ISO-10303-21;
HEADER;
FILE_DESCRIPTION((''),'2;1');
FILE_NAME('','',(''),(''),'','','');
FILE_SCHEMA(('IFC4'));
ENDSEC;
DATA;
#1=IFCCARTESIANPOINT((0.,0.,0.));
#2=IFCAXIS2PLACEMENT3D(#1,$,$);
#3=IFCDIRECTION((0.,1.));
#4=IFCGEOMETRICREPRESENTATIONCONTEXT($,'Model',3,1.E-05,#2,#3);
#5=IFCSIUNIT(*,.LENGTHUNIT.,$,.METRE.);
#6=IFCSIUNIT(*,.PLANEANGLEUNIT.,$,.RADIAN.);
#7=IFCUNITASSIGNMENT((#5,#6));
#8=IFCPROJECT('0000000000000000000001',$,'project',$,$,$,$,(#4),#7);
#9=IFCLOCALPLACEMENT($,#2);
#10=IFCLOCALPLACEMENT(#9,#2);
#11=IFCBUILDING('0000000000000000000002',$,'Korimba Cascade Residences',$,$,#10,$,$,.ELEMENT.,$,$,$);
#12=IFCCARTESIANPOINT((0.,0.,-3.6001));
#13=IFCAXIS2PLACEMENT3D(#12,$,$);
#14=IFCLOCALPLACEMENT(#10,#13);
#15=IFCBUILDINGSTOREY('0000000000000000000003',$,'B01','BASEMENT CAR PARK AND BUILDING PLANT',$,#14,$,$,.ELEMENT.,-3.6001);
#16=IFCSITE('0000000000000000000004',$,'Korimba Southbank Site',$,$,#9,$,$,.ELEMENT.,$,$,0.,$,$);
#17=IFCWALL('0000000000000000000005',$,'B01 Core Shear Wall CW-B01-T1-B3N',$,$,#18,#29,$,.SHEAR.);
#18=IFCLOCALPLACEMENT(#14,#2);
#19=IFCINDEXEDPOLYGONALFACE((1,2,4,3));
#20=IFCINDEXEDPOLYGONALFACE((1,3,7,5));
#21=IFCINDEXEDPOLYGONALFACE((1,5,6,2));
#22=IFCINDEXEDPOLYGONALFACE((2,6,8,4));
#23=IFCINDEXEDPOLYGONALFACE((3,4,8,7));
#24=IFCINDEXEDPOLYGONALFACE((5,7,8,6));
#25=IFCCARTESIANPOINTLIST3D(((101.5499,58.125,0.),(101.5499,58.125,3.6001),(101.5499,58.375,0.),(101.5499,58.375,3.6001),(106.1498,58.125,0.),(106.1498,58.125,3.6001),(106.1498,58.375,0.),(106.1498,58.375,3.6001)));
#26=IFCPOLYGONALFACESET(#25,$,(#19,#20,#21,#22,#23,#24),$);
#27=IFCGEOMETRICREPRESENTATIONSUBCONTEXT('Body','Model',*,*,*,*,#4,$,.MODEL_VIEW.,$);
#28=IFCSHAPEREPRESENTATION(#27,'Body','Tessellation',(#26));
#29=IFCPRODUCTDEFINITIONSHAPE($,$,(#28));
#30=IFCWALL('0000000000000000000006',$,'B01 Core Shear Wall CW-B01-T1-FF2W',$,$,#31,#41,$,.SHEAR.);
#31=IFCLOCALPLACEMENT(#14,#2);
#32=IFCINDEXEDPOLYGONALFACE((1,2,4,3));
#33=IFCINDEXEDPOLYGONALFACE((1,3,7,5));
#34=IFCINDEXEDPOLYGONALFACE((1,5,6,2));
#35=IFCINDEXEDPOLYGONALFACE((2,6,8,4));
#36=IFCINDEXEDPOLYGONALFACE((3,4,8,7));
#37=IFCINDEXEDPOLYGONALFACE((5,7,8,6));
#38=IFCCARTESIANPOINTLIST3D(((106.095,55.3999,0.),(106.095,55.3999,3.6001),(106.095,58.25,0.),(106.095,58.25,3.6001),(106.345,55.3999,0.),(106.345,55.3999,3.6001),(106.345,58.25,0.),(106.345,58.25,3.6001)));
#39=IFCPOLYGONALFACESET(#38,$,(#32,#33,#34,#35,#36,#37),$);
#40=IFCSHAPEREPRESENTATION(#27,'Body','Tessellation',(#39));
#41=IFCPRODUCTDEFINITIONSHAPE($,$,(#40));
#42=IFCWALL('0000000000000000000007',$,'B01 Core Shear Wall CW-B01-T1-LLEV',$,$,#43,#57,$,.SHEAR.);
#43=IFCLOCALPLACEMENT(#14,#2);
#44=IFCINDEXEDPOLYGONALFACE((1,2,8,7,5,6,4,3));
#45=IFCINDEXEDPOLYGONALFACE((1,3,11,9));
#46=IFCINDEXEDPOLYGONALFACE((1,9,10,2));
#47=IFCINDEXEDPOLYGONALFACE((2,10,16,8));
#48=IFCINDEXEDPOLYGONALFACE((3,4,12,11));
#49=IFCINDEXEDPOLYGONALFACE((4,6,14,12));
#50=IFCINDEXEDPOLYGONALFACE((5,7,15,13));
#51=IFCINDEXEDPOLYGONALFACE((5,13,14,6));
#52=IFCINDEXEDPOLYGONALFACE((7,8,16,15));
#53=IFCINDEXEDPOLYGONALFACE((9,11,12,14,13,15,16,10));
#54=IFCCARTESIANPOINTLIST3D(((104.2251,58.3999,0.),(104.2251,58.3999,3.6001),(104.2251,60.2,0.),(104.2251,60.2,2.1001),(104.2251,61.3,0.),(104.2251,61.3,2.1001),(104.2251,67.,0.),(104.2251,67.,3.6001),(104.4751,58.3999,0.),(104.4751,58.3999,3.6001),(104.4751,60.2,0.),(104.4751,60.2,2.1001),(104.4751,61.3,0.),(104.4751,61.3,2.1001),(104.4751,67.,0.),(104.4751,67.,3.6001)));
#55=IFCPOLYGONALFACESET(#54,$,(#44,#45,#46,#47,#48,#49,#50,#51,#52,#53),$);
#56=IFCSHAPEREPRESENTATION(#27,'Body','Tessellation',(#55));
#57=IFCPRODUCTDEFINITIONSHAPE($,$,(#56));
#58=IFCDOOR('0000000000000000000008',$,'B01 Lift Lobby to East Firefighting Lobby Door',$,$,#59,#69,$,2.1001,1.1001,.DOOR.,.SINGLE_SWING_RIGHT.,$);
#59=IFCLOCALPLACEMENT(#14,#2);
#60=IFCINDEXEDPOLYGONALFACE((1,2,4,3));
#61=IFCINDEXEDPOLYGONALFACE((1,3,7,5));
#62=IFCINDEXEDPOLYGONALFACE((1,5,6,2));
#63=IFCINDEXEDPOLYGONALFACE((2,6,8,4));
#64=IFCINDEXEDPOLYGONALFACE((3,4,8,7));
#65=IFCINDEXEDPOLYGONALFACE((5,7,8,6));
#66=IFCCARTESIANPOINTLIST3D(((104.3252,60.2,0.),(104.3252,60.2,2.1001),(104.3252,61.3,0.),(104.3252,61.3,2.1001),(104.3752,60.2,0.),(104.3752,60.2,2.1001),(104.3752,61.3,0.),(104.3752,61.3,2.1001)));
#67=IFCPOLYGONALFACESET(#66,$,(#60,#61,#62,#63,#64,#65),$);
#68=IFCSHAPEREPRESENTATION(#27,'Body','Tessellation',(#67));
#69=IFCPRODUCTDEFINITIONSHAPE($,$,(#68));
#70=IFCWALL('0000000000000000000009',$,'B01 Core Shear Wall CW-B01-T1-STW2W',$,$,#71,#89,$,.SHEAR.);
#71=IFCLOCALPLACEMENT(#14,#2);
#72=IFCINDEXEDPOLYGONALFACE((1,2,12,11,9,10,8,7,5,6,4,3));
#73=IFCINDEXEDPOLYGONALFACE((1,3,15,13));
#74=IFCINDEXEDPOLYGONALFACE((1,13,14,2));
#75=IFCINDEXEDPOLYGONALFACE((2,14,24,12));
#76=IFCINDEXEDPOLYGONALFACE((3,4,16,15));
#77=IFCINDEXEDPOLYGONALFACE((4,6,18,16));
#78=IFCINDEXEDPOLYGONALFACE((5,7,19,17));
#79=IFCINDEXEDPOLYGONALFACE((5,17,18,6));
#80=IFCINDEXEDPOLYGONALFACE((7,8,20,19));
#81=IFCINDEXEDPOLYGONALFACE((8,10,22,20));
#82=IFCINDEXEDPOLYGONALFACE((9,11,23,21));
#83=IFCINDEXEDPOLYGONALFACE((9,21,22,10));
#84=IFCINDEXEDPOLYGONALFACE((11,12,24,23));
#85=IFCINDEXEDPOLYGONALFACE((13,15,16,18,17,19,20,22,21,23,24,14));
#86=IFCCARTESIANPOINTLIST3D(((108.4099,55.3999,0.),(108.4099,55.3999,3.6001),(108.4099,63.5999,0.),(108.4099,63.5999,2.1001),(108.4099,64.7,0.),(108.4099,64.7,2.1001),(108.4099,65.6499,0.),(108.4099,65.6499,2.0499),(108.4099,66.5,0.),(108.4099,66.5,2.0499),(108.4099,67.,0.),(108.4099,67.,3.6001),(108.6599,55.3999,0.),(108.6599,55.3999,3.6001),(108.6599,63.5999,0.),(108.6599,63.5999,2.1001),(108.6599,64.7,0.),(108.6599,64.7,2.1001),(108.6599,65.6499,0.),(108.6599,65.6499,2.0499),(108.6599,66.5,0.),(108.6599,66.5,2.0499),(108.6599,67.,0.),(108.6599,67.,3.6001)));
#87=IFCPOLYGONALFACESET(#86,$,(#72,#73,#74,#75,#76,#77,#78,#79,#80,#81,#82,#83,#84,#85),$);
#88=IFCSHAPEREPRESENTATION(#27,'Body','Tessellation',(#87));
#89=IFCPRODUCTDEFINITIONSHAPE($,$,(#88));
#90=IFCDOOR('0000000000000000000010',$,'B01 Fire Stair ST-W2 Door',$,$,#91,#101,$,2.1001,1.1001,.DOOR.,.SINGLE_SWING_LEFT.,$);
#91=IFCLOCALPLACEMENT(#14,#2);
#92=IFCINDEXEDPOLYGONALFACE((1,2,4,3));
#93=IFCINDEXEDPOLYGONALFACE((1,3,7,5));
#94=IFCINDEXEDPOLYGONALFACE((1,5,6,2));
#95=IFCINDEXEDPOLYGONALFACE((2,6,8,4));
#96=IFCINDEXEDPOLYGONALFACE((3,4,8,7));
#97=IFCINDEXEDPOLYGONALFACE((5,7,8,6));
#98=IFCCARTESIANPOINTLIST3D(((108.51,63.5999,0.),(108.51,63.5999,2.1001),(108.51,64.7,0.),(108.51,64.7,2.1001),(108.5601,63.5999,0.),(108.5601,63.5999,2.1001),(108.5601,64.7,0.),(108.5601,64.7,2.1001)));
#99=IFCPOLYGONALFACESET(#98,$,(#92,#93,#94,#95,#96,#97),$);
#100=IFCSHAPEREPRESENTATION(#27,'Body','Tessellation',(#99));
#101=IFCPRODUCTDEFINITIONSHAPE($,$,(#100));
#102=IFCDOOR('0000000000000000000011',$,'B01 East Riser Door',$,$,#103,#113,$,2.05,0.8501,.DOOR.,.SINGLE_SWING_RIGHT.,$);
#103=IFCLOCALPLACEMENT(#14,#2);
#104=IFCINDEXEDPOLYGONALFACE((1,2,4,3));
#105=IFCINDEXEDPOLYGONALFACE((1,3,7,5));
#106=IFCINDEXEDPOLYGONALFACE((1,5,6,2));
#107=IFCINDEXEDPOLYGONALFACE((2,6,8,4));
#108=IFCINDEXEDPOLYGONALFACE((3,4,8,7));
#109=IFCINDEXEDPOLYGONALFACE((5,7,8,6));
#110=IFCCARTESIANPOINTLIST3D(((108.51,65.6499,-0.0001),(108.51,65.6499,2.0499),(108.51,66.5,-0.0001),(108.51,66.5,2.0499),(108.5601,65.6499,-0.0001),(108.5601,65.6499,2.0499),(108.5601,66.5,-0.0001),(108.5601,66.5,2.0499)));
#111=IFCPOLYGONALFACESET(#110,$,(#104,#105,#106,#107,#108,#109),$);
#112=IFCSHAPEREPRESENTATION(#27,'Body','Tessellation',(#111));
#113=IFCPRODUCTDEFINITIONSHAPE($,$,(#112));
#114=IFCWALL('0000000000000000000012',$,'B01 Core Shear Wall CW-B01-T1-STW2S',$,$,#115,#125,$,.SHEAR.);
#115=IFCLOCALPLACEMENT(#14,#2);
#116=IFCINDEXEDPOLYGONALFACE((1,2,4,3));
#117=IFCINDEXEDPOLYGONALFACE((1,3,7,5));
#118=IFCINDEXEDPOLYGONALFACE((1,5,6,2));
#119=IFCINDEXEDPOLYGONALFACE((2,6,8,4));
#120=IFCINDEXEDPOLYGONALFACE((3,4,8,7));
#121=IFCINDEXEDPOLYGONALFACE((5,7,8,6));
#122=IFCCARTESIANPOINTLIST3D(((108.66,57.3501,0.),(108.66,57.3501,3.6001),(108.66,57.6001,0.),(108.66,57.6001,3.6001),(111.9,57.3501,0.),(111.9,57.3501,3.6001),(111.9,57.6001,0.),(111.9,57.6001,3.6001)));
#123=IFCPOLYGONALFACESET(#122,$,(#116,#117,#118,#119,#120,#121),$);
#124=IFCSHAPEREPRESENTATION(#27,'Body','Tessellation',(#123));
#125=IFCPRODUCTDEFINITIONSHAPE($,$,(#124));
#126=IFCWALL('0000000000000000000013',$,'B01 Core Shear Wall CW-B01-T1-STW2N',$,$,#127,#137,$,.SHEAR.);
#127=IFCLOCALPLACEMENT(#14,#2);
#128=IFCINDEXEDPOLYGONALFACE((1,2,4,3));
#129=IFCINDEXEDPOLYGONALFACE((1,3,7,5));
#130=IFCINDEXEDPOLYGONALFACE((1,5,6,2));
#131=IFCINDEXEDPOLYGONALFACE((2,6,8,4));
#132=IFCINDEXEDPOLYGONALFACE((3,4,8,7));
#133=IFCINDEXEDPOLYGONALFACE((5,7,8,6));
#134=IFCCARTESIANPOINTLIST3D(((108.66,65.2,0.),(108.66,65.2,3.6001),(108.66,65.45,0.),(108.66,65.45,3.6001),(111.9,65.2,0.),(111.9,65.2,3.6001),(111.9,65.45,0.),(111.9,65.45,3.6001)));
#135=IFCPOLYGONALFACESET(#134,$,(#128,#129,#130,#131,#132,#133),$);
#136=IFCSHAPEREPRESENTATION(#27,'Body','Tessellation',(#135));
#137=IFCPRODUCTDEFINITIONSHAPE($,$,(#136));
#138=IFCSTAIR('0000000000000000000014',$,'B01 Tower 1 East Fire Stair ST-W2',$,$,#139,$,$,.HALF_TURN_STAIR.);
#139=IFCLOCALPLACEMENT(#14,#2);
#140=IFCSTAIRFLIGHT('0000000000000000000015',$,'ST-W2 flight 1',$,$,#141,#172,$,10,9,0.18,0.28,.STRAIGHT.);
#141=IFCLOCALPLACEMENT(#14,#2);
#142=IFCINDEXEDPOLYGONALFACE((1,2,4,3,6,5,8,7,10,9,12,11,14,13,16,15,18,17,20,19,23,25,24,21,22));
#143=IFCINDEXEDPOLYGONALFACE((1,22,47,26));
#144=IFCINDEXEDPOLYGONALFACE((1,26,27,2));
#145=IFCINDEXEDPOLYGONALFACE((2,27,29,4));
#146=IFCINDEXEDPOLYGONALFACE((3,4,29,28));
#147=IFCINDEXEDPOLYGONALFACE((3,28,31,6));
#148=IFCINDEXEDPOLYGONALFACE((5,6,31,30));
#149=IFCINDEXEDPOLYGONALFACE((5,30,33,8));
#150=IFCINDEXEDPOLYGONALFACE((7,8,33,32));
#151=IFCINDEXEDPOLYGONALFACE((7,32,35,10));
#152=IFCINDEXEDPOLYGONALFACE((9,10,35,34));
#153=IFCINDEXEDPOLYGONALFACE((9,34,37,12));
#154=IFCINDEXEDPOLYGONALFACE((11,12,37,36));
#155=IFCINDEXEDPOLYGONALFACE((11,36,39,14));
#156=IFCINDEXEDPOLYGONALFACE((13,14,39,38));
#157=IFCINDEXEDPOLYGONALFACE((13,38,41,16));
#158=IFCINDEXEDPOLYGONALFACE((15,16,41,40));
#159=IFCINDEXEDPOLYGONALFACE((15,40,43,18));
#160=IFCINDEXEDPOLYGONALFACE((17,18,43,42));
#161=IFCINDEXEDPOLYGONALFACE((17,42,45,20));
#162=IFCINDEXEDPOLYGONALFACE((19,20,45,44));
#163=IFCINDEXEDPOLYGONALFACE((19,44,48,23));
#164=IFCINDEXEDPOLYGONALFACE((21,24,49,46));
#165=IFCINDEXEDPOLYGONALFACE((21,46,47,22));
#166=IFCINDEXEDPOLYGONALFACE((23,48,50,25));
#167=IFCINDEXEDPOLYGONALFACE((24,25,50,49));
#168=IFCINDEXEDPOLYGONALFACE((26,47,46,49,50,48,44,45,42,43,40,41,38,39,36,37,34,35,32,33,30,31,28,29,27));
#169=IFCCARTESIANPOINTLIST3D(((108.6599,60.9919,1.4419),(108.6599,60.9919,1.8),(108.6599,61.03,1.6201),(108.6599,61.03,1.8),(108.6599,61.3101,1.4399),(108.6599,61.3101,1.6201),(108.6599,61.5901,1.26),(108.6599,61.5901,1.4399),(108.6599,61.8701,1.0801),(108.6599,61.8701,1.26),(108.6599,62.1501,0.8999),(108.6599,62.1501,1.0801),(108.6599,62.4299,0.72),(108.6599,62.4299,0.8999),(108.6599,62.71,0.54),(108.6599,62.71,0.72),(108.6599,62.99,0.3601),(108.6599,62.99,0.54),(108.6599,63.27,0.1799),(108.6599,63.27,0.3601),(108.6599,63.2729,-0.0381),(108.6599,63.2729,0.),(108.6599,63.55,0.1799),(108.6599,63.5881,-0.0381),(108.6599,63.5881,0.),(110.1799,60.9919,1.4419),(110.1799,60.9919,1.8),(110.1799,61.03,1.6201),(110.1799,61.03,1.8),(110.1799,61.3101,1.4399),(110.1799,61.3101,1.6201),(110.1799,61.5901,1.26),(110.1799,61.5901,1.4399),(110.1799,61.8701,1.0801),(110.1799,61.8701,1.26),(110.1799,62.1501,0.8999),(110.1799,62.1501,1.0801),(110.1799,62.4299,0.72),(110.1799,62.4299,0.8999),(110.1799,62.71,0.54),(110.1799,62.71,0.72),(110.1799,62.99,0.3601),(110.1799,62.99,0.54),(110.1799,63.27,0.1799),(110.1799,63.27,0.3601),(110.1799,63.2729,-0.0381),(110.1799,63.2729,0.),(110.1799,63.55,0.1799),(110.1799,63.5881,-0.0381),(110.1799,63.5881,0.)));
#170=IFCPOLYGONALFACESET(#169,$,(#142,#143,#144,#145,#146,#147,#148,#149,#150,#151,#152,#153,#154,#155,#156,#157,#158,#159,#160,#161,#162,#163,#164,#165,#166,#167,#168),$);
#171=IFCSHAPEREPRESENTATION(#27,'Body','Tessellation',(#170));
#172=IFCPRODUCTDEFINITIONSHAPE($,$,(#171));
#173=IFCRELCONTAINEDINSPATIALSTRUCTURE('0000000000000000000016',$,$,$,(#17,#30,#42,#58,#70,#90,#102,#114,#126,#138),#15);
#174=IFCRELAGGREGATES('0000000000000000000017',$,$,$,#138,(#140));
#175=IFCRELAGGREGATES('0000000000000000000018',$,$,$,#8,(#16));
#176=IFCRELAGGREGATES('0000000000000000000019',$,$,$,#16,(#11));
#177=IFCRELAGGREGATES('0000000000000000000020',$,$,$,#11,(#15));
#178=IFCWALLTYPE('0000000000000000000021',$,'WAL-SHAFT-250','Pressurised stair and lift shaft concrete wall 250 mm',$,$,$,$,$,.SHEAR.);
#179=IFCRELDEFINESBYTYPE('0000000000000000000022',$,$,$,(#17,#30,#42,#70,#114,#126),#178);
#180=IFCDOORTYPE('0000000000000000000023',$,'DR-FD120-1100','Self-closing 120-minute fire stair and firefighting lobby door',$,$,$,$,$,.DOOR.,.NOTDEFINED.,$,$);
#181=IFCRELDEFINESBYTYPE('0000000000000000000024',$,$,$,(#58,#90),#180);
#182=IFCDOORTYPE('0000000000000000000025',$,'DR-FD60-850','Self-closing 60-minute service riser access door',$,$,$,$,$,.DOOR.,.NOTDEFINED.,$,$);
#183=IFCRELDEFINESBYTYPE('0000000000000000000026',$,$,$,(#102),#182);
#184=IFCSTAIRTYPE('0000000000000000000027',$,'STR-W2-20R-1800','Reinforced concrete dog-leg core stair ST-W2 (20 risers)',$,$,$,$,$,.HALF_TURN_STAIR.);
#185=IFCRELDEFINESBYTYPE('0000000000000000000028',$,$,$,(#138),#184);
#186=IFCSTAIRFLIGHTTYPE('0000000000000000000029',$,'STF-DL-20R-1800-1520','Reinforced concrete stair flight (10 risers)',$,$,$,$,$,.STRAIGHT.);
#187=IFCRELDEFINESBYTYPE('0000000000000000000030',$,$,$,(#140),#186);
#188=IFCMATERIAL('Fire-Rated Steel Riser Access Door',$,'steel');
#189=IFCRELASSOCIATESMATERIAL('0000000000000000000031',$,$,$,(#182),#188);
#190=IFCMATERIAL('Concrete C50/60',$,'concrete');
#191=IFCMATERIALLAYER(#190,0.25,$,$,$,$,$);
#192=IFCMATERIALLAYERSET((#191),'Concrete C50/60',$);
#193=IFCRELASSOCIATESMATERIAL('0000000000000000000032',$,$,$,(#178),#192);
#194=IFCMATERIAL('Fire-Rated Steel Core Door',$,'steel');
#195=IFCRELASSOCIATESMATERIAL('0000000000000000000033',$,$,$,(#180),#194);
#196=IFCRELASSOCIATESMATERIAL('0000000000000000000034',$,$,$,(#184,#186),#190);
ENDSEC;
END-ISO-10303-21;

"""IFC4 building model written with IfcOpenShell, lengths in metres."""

from ifc_helpers import new_model, si_unit, direction, frame, frame_2d, origin, place, context, subcontext, project, spatial, polyline, rectangle, outline, extrude, material, layer, layer_set, type_object, element, fill, aggregate, save


model = new_model("IFC4")

# Units and contexts
model_context = context("Model", 3, precision=1e-05, world=origin(), true_north=direction((0.0, 1.0)))
body_context = subcontext(model_context, "Body", "Model", "MODEL_VIEW")
ifc_project = project(units=[si_unit("LENGTHUNIT", "METRE"), si_unit("PLANEANGLEUNIT", "RADIAN")], contexts=[model_context])

# Site, building, storey
site_placement = place(None, origin())
site = spatial("IfcSite", under=ifc_project, at=site_placement, Name="Korimba Southbank Site", CompositionType="ELEMENT", RefElevation=0.0)
building_placement = place(site_placement, origin())
building = spatial("IfcBuilding", under=site, at=building_placement, Name="Korimba Cascade Residences", CompositionType="ELEMENT")
storey_placement = place(building_placement, frame((0.0, 0.0, -3.6001)))
storey = spatial("IfcBuildingStorey", under=building, at=storey_placement, Name="B01", Description="BASEMENT CAR PARK AND BUILDING PLANT", CompositionType="ELEMENT", Elevation=-3.6001)

# Shared definitions
ifc_material_1 = material(Name="Concrete C50/60", Category="concrete")

# Shared definitions
ifc_material_2 = material(Name="Fire-Rated Steel Riser Access Door", Category="steel")
door_type_1 = type_object("IfcDoorType", Name="DR-FD60-850", Description="Self-closing 60-minute service riser access door", OperationType="NOTDEFINED", PredefinedType="DOOR", material=ifc_material_2)

# Walls
ifc_layer_1 = layer(ifc_material_1, 0.25)
ifc_layer_set_1 = layer_set([ifc_layer_1], Name="Concrete C50/60")
wall_type_1 = type_object("IfcWallType", Name="WAL-SHAFT-250", Description="Pressurised stair and lift shaft concrete wall 250 mm", PredefinedType="SHEAR", material=ifc_layer_set_1)
wall_1_placement = place(storey_placement, frame((101.55, 58.25, 0.0), z_axis=(0.0, 0.0, 1.0), x_axis=(1.0, 0.0, 0.0)))
element("IfcWall", 1, at=wall_1_placement, inside=storey, type_object=wall_type_1, Name="B01 Core Shear Wall CW-B01-T1-B3N", PredefinedType="SHEAR", context=body_context, shape_type="SweptSolid", body=[
    extrude(rectangle(XDim=4.5999, YDim=0.25, at=frame_2d((2.2998, 0.0))), origin(), (0.0, 0.0, 1.0), 3.6001),
])
wall_2_placement = place(storey_placement, frame((106.22, 55.3999, 0.0), z_axis=(0.0, 0.0, 1.0), x_axis=(0.0, 1.0, 0.0)))
element("IfcWall", 2, at=wall_2_placement, inside=storey, type_object=wall_type_1, Name="B01 Core Shear Wall CW-B01-T1-FF2W", PredefinedType="SHEAR", context=body_context, shape_type="SweptSolid", body=[
    extrude(rectangle(XDim=2.8501, YDim=0.25, at=frame_2d((1.425, 0.0))), origin(), (0.0, 0.0, 1.0), 3.6001),
])

# Wall, opening, door
wall_3_placement = place(storey_placement, frame((104.3501, 58.3999, 0.0), z_axis=(0.0, 0.0, 1.0), x_axis=(0.0, 1.0, 0.0)))
wall_3 = element("IfcWall", 3, at=wall_3_placement, inside=storey, type_object=wall_type_1, Name="B01 Core Shear Wall CW-B01-T1-LLEV", PredefinedType="SHEAR", context=body_context, shape_type="SweptSolid", body=[
    extrude(rectangle(XDim=8.6001, YDim=0.25, at=frame_2d((4.3, 0.0))), origin(), (0.0, 0.0, 1.0), 3.6001),
])
opening_1_placement = place(wall_3_placement, frame((1.8, 0.0, 0.0)))
opening_1 = element("IfcOpeningElement", 4, at=opening_1_placement, cuts=wall_3, PredefinedType="OPENING", context=body_context, shape_type="SweptSolid", body=[
    extrude(rectangle(XDim=1.1001, YDim=2.1001, at=frame_2d((0.55, 1.05))), frame((0.0, 0.135, 0.0), z_axis=(0.0, -1.0, 0.0), x_axis=(1.0, 0.0, 0.0)), (0.0, 0.0, 1.0), 0.27),
])
ifc_material_3 = material(Name="Fire-Rated Steel Core Door", Category="steel")
door_type_2 = type_object("IfcDoorType", Name="DR-FD120-1100", Description="Self-closing 120-minute fire stair and firefighting lobby door", OperationType="NOTDEFINED", PredefinedType="DOOR", material=ifc_material_3)
door_1_placement = place(opening_1_placement, origin())
door_1 = element("IfcDoor", 5, at=door_1_placement, inside=storey, type_object=door_type_2, Name="B01 Lift Lobby to East Firefighting Lobby Door", OperationType="SINGLE_SWING_RIGHT", OverallHeight=2.1001, OverallWidth=1.1001, PredefinedType="DOOR", context=body_context, shape_type="SweptSolid", body=[
    extrude(rectangle(XDim=1.1001, YDim=2.1001, at=frame_2d((0.55, 1.05))), frame((0.0, 0.0249, 0.0), z_axis=(0.0, -1.0, 0.0), x_axis=(1.0, 0.0, 0.0)), (0.0, 0.0, 1.0), 0.05),
])
fill(opening_1, door_1)

# Wall, openings, doors
wall_4_placement = place(storey_placement, frame((108.5349, 55.3999, 0.0), z_axis=(0.0, 0.0, 1.0), x_axis=(0.0, 1.0, 0.0)))
wall_4 = element("IfcWall", 6, at=wall_4_placement, inside=storey, type_object=wall_type_1, Name="B01 Core Shear Wall CW-B01-T1-STW2W", PredefinedType="SHEAR", context=body_context, shape_type="SweptSolid", body=[
    extrude(rectangle(XDim=11.6001, YDim=0.25, at=frame_2d((5.8, 0.0))), origin(), (0.0, 0.0, 1.0), 3.6001),
])
opening_2_placement = place(wall_4_placement, frame((8.2, 0.0, 0.0)))
opening_2 = element("IfcOpeningElement", 7, at=opening_2_placement, cuts=wall_4, PredefinedType="OPENING", context=body_context, shape_type="SweptSolid", body=[
    extrude(rectangle(XDim=1.1001, YDim=2.1001, at=frame_2d((0.55, 1.05))), frame((0.0, 0.135, 0.0), z_axis=(0.0, -1.0, 0.0), x_axis=(1.0, 0.0, 0.0)), (0.0, 0.0, 1.0), 0.27),
])
opening_3_placement = place(wall_4_placement, frame((10.25, 0.0, 0.0)))
opening_3 = element("IfcOpeningElement", 8, at=opening_3_placement, cuts=wall_4, PredefinedType="OPENING", context=body_context, shape_type="SweptSolid", body=[
    extrude(rectangle(XDim=0.8501, YDim=2.05, at=frame_2d((0.425, 1.0249))), frame((0.0, 0.135, 0.0), z_axis=(0.0, -1.0, 0.0), x_axis=(1.0, 0.0, 0.0)), (0.0, 0.0, 1.0), 0.27),
])
door_2_placement = place(opening_2_placement, origin())
door_2 = element("IfcDoor", 9, at=door_2_placement, inside=storey, type_object=door_type_2, Name="B01 Fire Stair ST-W2 Door", OperationType="SINGLE_SWING_LEFT", OverallHeight=2.1001, OverallWidth=1.1001, PredefinedType="DOOR", context=body_context, shape_type="SweptSolid", body=[
    extrude(rectangle(XDim=1.1001, YDim=2.1001, at=frame_2d((0.55, 1.05))), frame((0.0, 0.0249, 0.0), z_axis=(0.0, -1.0, 0.0), x_axis=(1.0, 0.0, 0.0)), (0.0, 0.0, 1.0), 0.05),
])
fill(opening_2, door_2)
door_3_placement = place(opening_3_placement, origin())
door_3 = element("IfcDoor", 10, at=door_3_placement, inside=storey, type_object=door_type_1, Name="B01 East Riser Door", OperationType="SINGLE_SWING_RIGHT", OverallHeight=2.05, OverallWidth=0.8501, PredefinedType="DOOR", context=body_context, shape_type="SweptSolid", body=[
    extrude(rectangle(XDim=0.8501, YDim=2.05, at=frame_2d((0.425, 1.0249))), frame((0.0, 0.0249, 0.0), z_axis=(0.0, -1.0, 0.0), x_axis=(1.0, 0.0, 0.0)), (0.0, 0.0, 1.0), 0.05),
])
fill(opening_3, door_3)

# Walls
for number, where, z_axis, x_axis, name in (
    (11, (108.6599, 57.4751, 0.0), (0.0, 0.0, 1.0), (1.0, 0.0, 0.0), "B01 Core Shear Wall CW-B01-T1-STW2S"),
    (12, (108.6599, 65.325, 0.0), (0.0, 0.0, 1.0), (1.0, 0.0, 0.0), "B01 Core Shear Wall CW-B01-T1-STW2N"),
):
    element("IfcWall", number, at=place(storey_placement, frame(where, z_axis=z_axis, x_axis=x_axis)), inside=storey, type_object=wall_type_1, Name=name, PredefinedType="SHEAR", context=body_context, shape_type="SweptSolid", body=[
        extrude(rectangle(XDim=3.24, YDim=0.25, at=frame_2d((1.6201, 0.0))), origin(), (0.0, 0.0, 1.0), 3.6001),
    ])

# Stair, stair flight
stair_type = type_object("IfcStairType", Name="STR-W2-20R-1800", Description="Reinforced concrete dog-leg core stair ST-W2 (20 risers)", PredefinedType="HALF_TURN_STAIR", material=ifc_material_1)
stair_placement = place(storey_placement, origin())
stair = element("IfcStair", 13, at=stair_placement, inside=storey, type_object=stair_type, Name="B01 Tower 1 East Fire Stair ST-W2", PredefinedType="HALF_TURN_STAIR")
stair_flight_type = type_object("IfcStairFlightType", Name="STF-DL-20R-1800-1520", Description="Reinforced concrete stair flight (10 risers)", PredefinedType="STRAIGHT", material=ifc_material_1)
stair_flight_1_placement = place(storey_placement, frame((109.4199, 63.55, 0.0), z_axis=(0.0, 0.0, 1.0), x_axis=(0.0, -1.0, 0.0)))
stair_flight_1 = element("IfcStairFlight", 14, at=stair_flight_1_placement, type_object=stair_flight_type, Name="ST-W2 flight 1", NumberOfRisers=10, NumberOfTreads=9, PredefinedType="STRAIGHT", RiserHeight=0.18, TreadLength=0.28, context=body_context, shape_type="SweptSolid", body=[
    extrude(outline(polyline([(-0.0381, 0.0), (0.0, 0.1799), (0.28, 0.1799), (0.28, 0.3601), (0.5601, 0.3601), (0.5601, 0.54), (0.8401, 0.54), (0.8401, 0.72), (1.1201, 0.72), (1.1201, 0.8999), (1.3999, 0.8999), (1.3999, 1.0801), (1.6799, 1.0801), (1.6799, 1.26), (1.96, 1.26), (1.96, 1.4399), (2.24, 1.4399), (2.24, 1.6201), (2.52, 1.6201), (2.52, 1.8), (2.5581, 1.8), (2.5581, 1.4419), (0.2771, 0.0), (0.2771, -0.0381), (-0.0381, -0.0381), (-0.0381, 0.0)])), frame((0.0, 0.76, 0.0), z_axis=(0.0, -1.0, 0.0), x_axis=(1.0, 0.0, 0.0)), (0.0, 0.0, 1.0), 1.52),
])
aggregate(stair, [stair_flight_1])

save(model, "model.ifc")
